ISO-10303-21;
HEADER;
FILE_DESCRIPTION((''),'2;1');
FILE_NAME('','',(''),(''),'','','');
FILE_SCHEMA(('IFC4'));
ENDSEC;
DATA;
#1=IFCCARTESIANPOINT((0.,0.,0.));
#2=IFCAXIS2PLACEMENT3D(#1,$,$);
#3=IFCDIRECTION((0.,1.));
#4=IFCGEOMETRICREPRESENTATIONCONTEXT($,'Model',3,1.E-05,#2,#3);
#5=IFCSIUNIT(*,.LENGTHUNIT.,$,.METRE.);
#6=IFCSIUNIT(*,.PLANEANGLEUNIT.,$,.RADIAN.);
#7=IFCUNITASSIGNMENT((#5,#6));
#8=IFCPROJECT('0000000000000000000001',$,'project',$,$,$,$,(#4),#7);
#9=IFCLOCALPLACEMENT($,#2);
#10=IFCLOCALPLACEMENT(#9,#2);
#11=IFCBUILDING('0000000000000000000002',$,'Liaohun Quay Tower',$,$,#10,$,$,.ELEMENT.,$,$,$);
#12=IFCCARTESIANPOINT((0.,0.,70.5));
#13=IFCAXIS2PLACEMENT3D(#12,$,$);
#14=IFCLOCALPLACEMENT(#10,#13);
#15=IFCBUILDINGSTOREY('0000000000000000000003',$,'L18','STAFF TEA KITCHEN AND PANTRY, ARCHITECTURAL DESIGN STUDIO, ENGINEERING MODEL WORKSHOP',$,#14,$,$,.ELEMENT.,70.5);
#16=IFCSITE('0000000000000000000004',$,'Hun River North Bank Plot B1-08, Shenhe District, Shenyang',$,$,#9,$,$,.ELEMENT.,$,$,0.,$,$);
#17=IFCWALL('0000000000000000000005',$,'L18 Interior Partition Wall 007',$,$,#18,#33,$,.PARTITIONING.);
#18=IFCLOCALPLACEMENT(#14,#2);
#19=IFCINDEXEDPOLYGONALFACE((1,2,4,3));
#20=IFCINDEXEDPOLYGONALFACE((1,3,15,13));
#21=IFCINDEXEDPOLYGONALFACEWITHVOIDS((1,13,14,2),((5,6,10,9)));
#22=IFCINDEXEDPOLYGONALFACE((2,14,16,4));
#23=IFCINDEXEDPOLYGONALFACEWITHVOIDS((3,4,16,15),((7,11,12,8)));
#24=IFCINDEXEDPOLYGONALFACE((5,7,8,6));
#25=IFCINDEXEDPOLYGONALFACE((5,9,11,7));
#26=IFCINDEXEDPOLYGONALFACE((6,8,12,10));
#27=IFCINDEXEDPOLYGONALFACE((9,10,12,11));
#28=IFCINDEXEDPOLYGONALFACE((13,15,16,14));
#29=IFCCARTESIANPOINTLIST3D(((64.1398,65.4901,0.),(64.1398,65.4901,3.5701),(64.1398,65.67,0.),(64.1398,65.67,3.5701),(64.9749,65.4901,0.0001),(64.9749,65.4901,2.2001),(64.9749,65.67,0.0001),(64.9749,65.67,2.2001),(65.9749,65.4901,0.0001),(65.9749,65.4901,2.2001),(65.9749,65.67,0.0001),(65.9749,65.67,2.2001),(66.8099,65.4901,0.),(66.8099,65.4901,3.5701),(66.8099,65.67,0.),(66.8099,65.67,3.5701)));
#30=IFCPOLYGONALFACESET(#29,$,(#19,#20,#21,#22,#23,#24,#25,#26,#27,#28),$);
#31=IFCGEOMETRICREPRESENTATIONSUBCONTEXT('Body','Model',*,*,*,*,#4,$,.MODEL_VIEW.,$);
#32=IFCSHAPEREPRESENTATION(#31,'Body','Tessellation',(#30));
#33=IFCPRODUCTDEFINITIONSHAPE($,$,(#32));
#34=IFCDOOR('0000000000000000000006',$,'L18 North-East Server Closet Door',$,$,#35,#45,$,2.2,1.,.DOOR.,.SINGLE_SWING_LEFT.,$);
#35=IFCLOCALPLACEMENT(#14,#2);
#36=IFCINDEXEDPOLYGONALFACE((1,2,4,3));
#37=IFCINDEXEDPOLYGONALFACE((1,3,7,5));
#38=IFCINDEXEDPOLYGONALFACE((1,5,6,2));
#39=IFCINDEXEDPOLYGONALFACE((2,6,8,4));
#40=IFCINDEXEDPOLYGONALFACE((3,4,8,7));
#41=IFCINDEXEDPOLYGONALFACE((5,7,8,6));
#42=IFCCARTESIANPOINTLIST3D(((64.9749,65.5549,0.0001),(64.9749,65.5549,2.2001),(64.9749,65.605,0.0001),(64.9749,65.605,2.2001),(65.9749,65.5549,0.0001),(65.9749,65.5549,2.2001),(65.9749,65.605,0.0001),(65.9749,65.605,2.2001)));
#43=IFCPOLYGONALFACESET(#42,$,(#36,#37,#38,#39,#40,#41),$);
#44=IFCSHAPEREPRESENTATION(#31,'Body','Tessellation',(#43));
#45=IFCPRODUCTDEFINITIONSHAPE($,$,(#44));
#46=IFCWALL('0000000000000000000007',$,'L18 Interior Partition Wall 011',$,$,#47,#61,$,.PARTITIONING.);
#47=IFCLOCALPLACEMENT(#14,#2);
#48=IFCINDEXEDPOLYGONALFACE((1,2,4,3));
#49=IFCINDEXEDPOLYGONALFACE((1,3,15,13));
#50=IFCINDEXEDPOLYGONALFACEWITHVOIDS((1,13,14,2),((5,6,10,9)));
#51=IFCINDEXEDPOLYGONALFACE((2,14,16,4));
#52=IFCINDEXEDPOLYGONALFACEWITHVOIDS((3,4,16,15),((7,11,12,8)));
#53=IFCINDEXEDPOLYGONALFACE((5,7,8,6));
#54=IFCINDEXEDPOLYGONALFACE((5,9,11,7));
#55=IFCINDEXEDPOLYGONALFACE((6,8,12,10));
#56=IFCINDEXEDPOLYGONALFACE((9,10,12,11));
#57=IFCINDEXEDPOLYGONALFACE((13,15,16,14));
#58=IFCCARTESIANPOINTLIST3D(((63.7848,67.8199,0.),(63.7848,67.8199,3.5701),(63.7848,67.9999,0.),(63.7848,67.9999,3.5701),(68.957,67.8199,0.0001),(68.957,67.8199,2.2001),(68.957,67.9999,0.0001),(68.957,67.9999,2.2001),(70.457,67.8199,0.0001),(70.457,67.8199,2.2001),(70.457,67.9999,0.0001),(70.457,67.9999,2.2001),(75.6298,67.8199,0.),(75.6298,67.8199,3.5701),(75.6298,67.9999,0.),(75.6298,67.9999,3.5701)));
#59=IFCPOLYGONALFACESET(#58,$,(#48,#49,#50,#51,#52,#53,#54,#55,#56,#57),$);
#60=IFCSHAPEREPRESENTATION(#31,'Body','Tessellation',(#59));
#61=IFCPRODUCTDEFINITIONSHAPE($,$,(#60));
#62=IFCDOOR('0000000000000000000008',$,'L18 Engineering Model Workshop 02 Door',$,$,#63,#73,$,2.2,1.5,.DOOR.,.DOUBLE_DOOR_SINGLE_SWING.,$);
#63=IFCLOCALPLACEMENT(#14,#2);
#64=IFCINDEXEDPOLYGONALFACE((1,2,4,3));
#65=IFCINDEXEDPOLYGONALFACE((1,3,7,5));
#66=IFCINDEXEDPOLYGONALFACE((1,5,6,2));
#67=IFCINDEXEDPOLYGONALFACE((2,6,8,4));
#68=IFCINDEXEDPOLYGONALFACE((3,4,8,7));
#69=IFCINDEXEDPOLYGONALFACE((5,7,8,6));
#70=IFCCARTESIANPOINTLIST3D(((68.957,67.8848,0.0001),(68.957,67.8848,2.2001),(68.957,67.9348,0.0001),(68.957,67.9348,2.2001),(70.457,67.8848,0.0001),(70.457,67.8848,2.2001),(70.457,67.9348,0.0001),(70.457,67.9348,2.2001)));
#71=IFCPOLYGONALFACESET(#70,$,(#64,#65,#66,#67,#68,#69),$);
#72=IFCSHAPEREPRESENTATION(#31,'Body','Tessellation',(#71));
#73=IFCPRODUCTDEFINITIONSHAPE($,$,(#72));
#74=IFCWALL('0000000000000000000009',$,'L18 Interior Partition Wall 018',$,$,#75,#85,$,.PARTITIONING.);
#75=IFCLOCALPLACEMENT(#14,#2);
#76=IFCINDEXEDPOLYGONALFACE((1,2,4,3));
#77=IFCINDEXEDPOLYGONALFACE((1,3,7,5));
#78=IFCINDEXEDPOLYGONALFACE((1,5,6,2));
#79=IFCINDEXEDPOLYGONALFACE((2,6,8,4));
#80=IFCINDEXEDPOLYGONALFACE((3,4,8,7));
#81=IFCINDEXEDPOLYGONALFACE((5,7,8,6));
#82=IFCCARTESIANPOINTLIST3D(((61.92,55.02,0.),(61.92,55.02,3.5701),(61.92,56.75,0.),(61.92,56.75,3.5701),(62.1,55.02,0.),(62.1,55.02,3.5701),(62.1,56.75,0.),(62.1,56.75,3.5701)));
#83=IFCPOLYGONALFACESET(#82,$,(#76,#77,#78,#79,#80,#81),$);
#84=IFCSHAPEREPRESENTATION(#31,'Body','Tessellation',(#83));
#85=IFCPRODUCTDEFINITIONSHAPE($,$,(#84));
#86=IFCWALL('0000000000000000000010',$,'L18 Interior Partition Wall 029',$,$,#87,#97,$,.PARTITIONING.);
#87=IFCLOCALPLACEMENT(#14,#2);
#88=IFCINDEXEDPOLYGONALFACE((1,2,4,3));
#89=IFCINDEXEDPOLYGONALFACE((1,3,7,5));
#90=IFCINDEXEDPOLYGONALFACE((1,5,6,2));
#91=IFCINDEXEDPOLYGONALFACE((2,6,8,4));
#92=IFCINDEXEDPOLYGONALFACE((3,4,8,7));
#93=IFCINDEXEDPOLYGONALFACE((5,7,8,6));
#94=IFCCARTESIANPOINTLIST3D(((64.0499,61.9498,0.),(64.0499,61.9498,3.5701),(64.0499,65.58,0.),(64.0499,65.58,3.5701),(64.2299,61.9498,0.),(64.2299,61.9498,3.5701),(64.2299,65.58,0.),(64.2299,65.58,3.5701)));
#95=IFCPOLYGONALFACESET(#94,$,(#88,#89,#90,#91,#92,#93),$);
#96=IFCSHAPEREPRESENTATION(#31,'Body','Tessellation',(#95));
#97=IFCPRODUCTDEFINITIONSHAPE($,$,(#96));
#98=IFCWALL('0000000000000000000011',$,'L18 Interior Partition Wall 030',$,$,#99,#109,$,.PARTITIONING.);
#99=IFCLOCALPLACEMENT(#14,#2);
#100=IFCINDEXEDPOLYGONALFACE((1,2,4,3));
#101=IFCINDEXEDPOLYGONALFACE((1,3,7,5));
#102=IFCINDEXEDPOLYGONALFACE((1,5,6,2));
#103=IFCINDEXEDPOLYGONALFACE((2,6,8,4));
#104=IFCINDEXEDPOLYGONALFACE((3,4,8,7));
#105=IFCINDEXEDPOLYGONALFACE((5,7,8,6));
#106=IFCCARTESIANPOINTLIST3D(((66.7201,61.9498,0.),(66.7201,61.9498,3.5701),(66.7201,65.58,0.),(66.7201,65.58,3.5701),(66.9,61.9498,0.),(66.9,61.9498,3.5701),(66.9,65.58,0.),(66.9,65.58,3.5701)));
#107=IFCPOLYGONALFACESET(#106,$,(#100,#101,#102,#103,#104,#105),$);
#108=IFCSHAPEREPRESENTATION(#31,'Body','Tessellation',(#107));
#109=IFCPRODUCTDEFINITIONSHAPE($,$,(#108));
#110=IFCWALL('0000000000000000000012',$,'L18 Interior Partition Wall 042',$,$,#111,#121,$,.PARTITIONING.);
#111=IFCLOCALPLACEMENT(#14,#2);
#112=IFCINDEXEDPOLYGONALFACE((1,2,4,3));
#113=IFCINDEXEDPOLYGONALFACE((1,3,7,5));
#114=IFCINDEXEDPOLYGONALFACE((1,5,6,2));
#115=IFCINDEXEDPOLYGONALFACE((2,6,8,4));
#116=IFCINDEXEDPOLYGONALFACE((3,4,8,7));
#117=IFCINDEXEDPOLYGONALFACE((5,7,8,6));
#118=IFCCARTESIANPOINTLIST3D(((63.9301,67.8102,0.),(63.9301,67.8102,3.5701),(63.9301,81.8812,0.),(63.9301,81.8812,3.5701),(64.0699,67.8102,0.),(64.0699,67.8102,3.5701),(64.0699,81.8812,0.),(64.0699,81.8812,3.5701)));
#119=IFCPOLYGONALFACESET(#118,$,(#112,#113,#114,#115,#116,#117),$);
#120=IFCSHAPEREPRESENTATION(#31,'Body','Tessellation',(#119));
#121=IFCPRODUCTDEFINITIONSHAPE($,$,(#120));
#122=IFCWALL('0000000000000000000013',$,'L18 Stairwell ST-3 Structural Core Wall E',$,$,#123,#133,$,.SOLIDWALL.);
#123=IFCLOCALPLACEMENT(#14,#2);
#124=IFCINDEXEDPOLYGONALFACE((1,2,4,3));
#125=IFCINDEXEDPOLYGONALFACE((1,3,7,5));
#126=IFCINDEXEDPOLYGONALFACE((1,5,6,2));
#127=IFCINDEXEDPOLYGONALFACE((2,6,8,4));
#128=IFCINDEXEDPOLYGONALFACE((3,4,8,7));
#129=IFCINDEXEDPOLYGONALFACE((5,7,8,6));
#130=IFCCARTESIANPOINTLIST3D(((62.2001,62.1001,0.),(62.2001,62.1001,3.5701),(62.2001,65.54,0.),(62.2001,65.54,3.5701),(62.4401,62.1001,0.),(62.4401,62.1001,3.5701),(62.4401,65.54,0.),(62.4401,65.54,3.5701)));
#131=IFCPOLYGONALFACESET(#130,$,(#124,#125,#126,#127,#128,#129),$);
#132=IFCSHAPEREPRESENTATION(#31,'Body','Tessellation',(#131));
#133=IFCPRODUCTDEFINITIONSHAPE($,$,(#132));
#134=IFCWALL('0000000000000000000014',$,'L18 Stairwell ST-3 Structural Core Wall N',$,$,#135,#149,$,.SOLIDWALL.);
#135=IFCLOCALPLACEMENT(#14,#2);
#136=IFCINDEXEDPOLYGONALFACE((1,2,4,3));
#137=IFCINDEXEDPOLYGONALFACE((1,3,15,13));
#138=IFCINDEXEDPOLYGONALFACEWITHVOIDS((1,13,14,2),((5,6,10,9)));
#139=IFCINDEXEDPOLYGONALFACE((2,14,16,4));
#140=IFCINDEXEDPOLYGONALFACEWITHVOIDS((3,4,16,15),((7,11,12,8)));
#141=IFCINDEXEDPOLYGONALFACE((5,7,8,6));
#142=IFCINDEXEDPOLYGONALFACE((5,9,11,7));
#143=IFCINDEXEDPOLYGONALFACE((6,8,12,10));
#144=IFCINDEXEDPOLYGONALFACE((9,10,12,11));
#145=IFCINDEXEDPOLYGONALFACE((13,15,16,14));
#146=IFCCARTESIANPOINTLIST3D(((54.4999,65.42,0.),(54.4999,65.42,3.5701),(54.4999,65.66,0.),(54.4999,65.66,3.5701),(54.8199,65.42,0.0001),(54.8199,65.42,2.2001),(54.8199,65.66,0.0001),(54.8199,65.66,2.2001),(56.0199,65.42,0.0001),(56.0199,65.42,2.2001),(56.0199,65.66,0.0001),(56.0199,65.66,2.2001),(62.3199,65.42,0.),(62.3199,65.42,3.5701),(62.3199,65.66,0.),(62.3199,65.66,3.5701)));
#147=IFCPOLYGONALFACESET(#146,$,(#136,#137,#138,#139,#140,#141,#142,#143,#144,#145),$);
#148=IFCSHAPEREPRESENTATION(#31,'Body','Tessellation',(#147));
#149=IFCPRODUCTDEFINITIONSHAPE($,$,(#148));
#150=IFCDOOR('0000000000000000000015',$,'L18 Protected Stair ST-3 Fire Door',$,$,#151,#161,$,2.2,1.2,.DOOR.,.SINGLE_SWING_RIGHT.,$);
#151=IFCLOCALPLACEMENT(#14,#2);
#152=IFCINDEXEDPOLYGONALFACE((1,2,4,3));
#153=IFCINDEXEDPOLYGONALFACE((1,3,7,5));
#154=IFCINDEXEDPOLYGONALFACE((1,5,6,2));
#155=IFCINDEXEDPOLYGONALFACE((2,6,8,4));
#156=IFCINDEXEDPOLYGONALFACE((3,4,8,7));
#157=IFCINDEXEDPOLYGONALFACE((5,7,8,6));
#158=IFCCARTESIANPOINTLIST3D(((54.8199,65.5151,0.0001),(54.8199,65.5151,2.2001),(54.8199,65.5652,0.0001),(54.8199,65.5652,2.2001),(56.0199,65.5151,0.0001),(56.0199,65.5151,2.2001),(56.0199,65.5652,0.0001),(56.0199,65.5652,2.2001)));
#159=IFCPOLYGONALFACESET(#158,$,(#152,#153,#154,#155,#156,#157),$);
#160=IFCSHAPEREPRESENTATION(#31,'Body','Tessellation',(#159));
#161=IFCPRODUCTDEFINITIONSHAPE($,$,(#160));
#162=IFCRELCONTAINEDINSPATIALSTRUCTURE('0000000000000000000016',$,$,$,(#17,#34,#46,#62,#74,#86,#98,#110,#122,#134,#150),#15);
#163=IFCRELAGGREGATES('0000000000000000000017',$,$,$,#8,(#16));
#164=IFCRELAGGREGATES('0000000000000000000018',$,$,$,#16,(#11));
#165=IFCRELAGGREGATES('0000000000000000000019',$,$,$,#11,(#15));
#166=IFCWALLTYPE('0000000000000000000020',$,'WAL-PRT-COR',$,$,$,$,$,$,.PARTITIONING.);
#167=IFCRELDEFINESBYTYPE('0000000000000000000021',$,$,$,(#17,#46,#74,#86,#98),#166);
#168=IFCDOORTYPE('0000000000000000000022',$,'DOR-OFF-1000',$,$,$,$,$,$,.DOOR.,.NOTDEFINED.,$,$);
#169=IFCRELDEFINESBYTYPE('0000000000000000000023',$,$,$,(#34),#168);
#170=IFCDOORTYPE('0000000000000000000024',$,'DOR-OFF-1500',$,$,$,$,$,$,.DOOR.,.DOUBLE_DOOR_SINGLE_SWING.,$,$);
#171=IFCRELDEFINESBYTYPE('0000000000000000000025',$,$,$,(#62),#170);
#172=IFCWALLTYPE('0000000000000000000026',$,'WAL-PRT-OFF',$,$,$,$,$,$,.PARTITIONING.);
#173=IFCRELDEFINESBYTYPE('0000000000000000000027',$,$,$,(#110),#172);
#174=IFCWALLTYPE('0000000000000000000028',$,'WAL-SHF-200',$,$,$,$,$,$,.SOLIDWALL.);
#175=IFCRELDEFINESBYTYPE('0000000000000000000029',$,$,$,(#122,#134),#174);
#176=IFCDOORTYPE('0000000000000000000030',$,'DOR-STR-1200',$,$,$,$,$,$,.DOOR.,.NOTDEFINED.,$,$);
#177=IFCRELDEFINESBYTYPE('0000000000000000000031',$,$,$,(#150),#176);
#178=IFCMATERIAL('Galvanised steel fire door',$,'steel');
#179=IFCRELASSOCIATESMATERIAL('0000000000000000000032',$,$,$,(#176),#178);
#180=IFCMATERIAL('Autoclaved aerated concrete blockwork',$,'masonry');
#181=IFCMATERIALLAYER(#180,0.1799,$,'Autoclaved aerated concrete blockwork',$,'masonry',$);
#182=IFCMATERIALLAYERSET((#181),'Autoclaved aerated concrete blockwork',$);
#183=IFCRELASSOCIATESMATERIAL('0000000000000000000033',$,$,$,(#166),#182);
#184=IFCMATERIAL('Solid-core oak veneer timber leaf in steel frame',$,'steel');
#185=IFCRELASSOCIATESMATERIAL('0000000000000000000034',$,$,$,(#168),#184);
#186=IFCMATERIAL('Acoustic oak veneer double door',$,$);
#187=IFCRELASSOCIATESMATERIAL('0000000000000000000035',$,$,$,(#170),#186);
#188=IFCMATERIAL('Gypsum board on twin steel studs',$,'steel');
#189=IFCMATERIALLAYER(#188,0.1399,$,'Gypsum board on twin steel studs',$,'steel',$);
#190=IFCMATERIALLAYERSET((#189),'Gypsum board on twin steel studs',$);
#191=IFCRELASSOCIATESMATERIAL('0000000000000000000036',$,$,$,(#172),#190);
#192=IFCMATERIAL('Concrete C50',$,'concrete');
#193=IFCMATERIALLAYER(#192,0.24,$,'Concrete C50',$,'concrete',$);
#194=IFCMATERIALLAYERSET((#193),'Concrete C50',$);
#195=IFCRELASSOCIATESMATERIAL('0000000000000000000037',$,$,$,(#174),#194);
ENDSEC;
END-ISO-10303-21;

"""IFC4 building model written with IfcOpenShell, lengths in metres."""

from ifc_helpers import new_model, si_unit, direction, frame, frame_2d, origin, place, context, subcontext, project, spatial, rectangle, extrude, source, transform, mapped, material, layer, layer_set, type_object, element, fill, save


model = new_model("IFC4")

# Units and contexts
model_context = context("Model", 3, precision=1e-05, world=origin(), true_north=direction((0.0, 1.0)))
body_context = subcontext(model_context, "Body", "Model", "MODEL_VIEW")
ifc_project = project(units=[si_unit("LENGTHUNIT", "METRE"), si_unit("PLANEANGLEUNIT", "RADIAN")], contexts=[model_context])

# Site, building, storey
site_placement = place(None, origin())
site = spatial("IfcSite", under=ifc_project, at=site_placement, Name="Hun River North Bank Plot B1-08, Shenhe District, Shenyang", CompositionType="ELEMENT", RefElevation=0.0)
building_placement = place(site_placement, origin())
building = spatial("IfcBuilding", under=site, at=building_placement, Name="Liaohun Quay Tower", CompositionType="ELEMENT")
storey_placement = place(building_placement, frame((0.0, 0.0, 70.5)))
storey = spatial("IfcBuildingStorey", under=building, at=storey_placement, Name="L18", Description="STAFF TEA KITCHEN AND PANTRY, ARCHITECTURAL DESIGN STUDIO, ENGINEERING MODEL WORKSHOP", CompositionType="ELEMENT", Elevation=70.5)

# Walls, openings, doors
ifc_material_1 = material(Name="Galvanised steel fire door", Category="steel")
door_type_1 = type_object("IfcDoorType", Name="DOR-STR-1200", OperationType="NOTDEFINED", PredefinedType="DOOR", material=ifc_material_1)
shared_shape_1 = source(origin(), body_context, "Body", "SweptSolid", [
    extrude(rectangle(XDim=1.2, YDim=2.2, at=frame_2d((0.6001, 1.1001))), frame((0.0, 0.0249, 0.0), z_axis=(0.0, -1.0, 0.0), x_axis=(1.0, 0.0, 0.0)), (0.0, 0.0, 1.0), 0.05),
])
ifc_material_2 = material(Name="Autoclaved aerated concrete blockwork", Category="masonry")
ifc_layer_1 = layer(ifc_material_2, 0.1799, Name="Autoclaved aerated concrete blockwork", Category="masonry")
ifc_layer_set_1 = layer_set([ifc_layer_1], Name="Autoclaved aerated concrete blockwork")
wall_type_1 = type_object("IfcWallType", Name="WAL-PRT-COR", PredefinedType="PARTITIONING", material=ifc_layer_set_1)
wall_1_placement = place(storey_placement, frame((64.1399, 65.5801, 0.0), z_axis=(0.0, 0.0, 1.0), x_axis=(1.0, 0.0, 0.0)))
wall_1 = element("IfcWall", 1, at=wall_1_placement, inside=storey, type_object=wall_type_1, Name="L18 Interior Partition Wall 007", PredefinedType="PARTITIONING", context=body_context, shape_type="SweptSolid", body=[
    extrude(rectangle(XDim=2.6702, YDim=0.1799, at=frame_2d((1.335, 0.0))), origin(), (0.0, 0.0, 1.0), 3.5701),
])
shared_shape_2 = source(origin(), body_context, "Body", "SweptSolid", [
    extrude(rectangle(XDim=1.0, YDim=2.2, at=frame_2d((0.5, 1.1001))), frame((0.0, 0.0999, 0.0), z_axis=(0.0, -1.0, 0.0), x_axis=(1.0, 0.0, 0.0)), (0.0, 0.0, 1.0), 0.2),
])
opening_1_placement = place(wall_1_placement, frame((0.835, 0.0, 0.0)))
opening_1 = element("IfcOpeningElement", 2, at=opening_1_placement, cuts=wall_1, PredefinedType="OPENING", context=body_context, shape_type="MappedRepresentation", body=[
    mapped(shared_shape_2, transform((0.0, 0.0, 0.0), x_axis=(1.0, 0.0, 0.0), y_axis=(0.0, 1.0, 0.0), z_axis=(0.0, 0.0, 1.0), scale=1.0)),
])
ifc_material_3 = material(Name="Solid-core oak veneer timber leaf in steel frame", Category="steel")
door_type_2 = type_object("IfcDoorType", Name="DOR-OFF-1000", OperationType="NOTDEFINED", PredefinedType="DOOR", material=ifc_material_3)
shared_shape_3 = source(origin(), body_context, "Body", "SweptSolid", [
    extrude(rectangle(XDim=1.0, YDim=2.2, at=frame_2d((0.5, 1.1001))), frame((0.0, 0.0249, 0.0), z_axis=(0.0, -1.0, 0.0), x_axis=(1.0, 0.0, 0.0)), (0.0, 0.0, 1.0), 0.05),
])
door_1_placement = place(opening_1_placement, origin())
door_1 = element("IfcDoor", 3, at=door_1_placement, inside=storey, type_object=door_type_2, Name="L18 North-East Server Closet Door", OperationType="SINGLE_SWING_LEFT", OverallHeight=2.2, OverallWidth=1.0, PredefinedType="DOOR", context=body_context, shape_type="MappedRepresentation", body=[
    mapped(shared_shape_3, transform((0.0, 0.0, 0.0), x_axis=(1.0, 0.0, 0.0), y_axis=(0.0, 1.0, 0.0), z_axis=(0.0, 0.0, 1.0), scale=1.0)),
])
fill(opening_1, door_1)
wall_2_placement = place(storey_placement, frame((63.7849, 67.9099, 0.0), z_axis=(0.0, 0.0, 1.0), x_axis=(1.0, 0.0, 0.0)))
wall_2 = element("IfcWall", 4, at=wall_2_placement, inside=storey, type_object=wall_type_1, Name="L18 Interior Partition Wall 011", PredefinedType="PARTITIONING", context=body_context, shape_type="SweptSolid", body=[
    extrude(rectangle(XDim=11.845, YDim=0.1799, at=frame_2d((5.9224, 0.0))), origin(), (0.0, 0.0, 1.0), 3.5701),
])
shared_shape_4 = source(origin(), body_context, "Body", "SweptSolid", [
    extrude(rectangle(XDim=1.5, YDim=2.2, at=frame_2d((0.75, 1.1001))), frame((0.0, 0.0999, 0.0), z_axis=(0.0, -1.0, 0.0), x_axis=(1.0, 0.0, 0.0)), (0.0, 0.0, 1.0), 0.2),
])
opening_2_placement = place(wall_2_placement, frame((5.1721, 0.0, 0.0)))
opening_2 = element("IfcOpeningElement", 5, at=opening_2_placement, cuts=wall_2, PredefinedType="OPENING", context=body_context, shape_type="MappedRepresentation", body=[
    mapped(shared_shape_4, transform((0.0, 0.0, 0.0), x_axis=(1.0, 0.0, 0.0), y_axis=(0.0, 1.0, 0.0), z_axis=(0.0, 0.0, 1.0), scale=1.0)),
])
ifc_material_4 = material(Name="Acoustic oak veneer double door")
door_type_3 = type_object("IfcDoorType", Name="DOR-OFF-1500", OperationType="DOUBLE_DOOR_SINGLE_SWING", PredefinedType="DOOR", material=ifc_material_4)
shared_shape_5 = source(origin(), body_context, "Body", "SweptSolid", [
    extrude(rectangle(XDim=1.5, YDim=2.2, at=frame_2d((0.75, 1.1001))), frame((0.0, 0.0249, 0.0), z_axis=(0.0, -1.0, 0.0), x_axis=(1.0, 0.0, 0.0)), (0.0, 0.0, 1.0), 0.05),
])
door_2_placement = place(opening_2_placement, origin())
door_2 = element("IfcDoor", 6, at=door_2_placement, inside=storey, type_object=door_type_3, Name="L18 Engineering Model Workshop 02 Door", OperationType="DOUBLE_DOOR_SINGLE_SWING", OverallHeight=2.2, OverallWidth=1.5, PredefinedType="DOOR", context=body_context, shape_type="MappedRepresentation", body=[
    mapped(shared_shape_5, transform((0.0, 0.0, 0.0), x_axis=(1.0, 0.0, 0.0), y_axis=(0.0, 1.0, 0.0), z_axis=(0.0, 0.0, 1.0), scale=1.0)),
])
fill(opening_2, door_2)

# Walls
wall_3_placement = place(storey_placement, frame((62.01, 55.02, 0.0), z_axis=(0.0, 0.0, 1.0), x_axis=(0.0, 1.0, 0.0)))
element("IfcWall", 7, at=wall_3_placement, inside=storey, type_object=wall_type_1, Name="L18 Interior Partition Wall 018", PredefinedType="PARTITIONING", context=body_context, shape_type="SweptSolid", body=[
    extrude(rectangle(XDim=1.73, YDim=0.1799, at=frame_2d((0.865, 0.0))), origin(), (0.0, 0.0, 1.0), 3.5701),
])
for number, where, z_axis, x_axis, name in (
    (8, (64.1399, 61.95, 0.0), (0.0, 0.0, 1.0), (0.0, 1.0, 0.0), "L18 Interior Partition Wall 029"),
    (9, (66.8101, 61.95, 0.0), (0.0, 0.0, 1.0), (0.0, 1.0, 0.0), "L18 Interior Partition Wall 030"),
):
    element("IfcWall", number, at=place(storey_placement, frame(where, z_axis=z_axis, x_axis=x_axis)), inside=storey, type_object=wall_type_1, Name=name, PredefinedType="PARTITIONING", context=body_context, shape_type="SweptSolid", body=[
        extrude(rectangle(XDim=3.6301, YDim=0.1799, at=frame_2d((1.8149, 0.0))), origin(), (0.0, 0.0, 1.0), 3.5701),
    ])
ifc_material_5 = material(Name="Gypsum board on twin steel studs", Category="steel")
ifc_layer_2 = layer(ifc_material_5, 0.1399, Name="Gypsum board on twin steel studs", Category="steel")
ifc_layer_set_2 = layer_set([ifc_layer_2], Name="Gypsum board on twin steel studs")
wall_type_2 = type_object("IfcWallType", Name="WAL-PRT-OFF", PredefinedType="PARTITIONING", material=ifc_layer_set_2)
wall_4_placement = place(storey_placement, frame((64.0, 67.8101, 0.0), z_axis=(0.0, 0.0, 1.0), x_axis=(0.0, 1.0, 0.0)))
element("IfcWall", 10, at=wall_4_placement, inside=storey, type_object=wall_type_2, Name="L18 Interior Partition Wall 042", PredefinedType="PARTITIONING", context=body_context, shape_type="SweptSolid", body=[
    extrude(rectangle(XDim=14.071, YDim=0.1399, at=frame_2d((7.0356, 0.0))), origin(), (0.0, 0.0, 1.0), 3.5701),
])
ifc_material_6 = material(Name="Concrete C50", Category="concrete")
ifc_layer_3 = layer(ifc_material_6, 0.24, Name="Concrete C50", Category="concrete")
ifc_layer_set_3 = layer_set([ifc_layer_3], Name="Concrete C50")
wall_type_3 = type_object("IfcWallType", Name="WAL-SHF-200", PredefinedType="SOLIDWALL", material=ifc_layer_set_3)
wall_5_placement = place(storey_placement, frame((62.3201, 62.1001, 0.0), z_axis=(0.0, 0.0, 1.0), x_axis=(0.0, 1.0, 0.0)))
element("IfcWall", 11, at=wall_5_placement, inside=storey, type_object=wall_type_3, Name="L18 Stairwell ST-3 Structural Core Wall E", PredefinedType="SOLIDWALL", context=body_context, shape_type="SweptSolid", body=[
    extrude(rectangle(XDim=3.4399, YDim=0.24, at=frame_2d((1.72, 0.0))), origin(), (0.0, 0.0, 1.0), 3.5701),
])

# Wall, opening, door
wall_6_placement = place(storey_placement, frame((62.3201, 65.54, 0.0), z_axis=(0.0, 0.0, 1.0), x_axis=(-1.0, 0.0, 0.0)))
wall_6 = element("IfcWall", 12, at=wall_6_placement, inside=storey, type_object=wall_type_3, Name="L18 Stairwell ST-3 Structural Core Wall N", PredefinedType="SOLIDWALL", context=body_context, shape_type="SweptSolid", body=[
    extrude(rectangle(XDim=7.8201, YDim=0.24, at=frame_2d((3.9102, 0.0))), origin(), (0.0, 0.0, 1.0), 3.5701),
])
shared_shape_6 = source(origin(), body_context, "Body", "SweptSolid", [
    extrude(rectangle(XDim=1.2, YDim=2.2, at=frame_2d((0.6001, 1.1001))), frame((0.0, 0.1299, 0.0), z_axis=(0.0, -1.0, 0.0), x_axis=(1.0, 0.0, 0.0)), (0.0, 0.0, 1.0), 0.26),
])
opening_3_placement = place(wall_6_placement, frame((6.3, 0.0, 0.0)))
opening_3 = element("IfcOpeningElement", 13, at=opening_3_placement, cuts=wall_6, PredefinedType="OPENING", context=body_context, shape_type="MappedRepresentation", body=[
    mapped(shared_shape_6, transform((0.0, 0.0, 0.0), x_axis=(1.0, 0.0, 0.0), y_axis=(0.0, 1.0, 0.0), z_axis=(0.0, 0.0, 1.0), scale=1.0)),
])
door_3_placement = place(opening_3_placement, origin())
door_3 = element("IfcDoor", 14, at=door_3_placement, inside=storey, type_object=door_type_1, Name="L18 Protected Stair ST-3 Fire Door", OperationType="SINGLE_SWING_RIGHT", OverallHeight=2.2, OverallWidth=1.2, PredefinedType="DOOR", context=body_context, shape_type="MappedRepresentation", body=[
    mapped(shared_shape_1, transform((0.0, 0.0, 0.0), x_axis=(1.0, 0.0, 0.0), y_axis=(0.0, 1.0, 0.0), z_axis=(0.0, 0.0, 1.0), scale=1.0)),
])
fill(opening_3, door_3)

save(model, "model.ifc")
